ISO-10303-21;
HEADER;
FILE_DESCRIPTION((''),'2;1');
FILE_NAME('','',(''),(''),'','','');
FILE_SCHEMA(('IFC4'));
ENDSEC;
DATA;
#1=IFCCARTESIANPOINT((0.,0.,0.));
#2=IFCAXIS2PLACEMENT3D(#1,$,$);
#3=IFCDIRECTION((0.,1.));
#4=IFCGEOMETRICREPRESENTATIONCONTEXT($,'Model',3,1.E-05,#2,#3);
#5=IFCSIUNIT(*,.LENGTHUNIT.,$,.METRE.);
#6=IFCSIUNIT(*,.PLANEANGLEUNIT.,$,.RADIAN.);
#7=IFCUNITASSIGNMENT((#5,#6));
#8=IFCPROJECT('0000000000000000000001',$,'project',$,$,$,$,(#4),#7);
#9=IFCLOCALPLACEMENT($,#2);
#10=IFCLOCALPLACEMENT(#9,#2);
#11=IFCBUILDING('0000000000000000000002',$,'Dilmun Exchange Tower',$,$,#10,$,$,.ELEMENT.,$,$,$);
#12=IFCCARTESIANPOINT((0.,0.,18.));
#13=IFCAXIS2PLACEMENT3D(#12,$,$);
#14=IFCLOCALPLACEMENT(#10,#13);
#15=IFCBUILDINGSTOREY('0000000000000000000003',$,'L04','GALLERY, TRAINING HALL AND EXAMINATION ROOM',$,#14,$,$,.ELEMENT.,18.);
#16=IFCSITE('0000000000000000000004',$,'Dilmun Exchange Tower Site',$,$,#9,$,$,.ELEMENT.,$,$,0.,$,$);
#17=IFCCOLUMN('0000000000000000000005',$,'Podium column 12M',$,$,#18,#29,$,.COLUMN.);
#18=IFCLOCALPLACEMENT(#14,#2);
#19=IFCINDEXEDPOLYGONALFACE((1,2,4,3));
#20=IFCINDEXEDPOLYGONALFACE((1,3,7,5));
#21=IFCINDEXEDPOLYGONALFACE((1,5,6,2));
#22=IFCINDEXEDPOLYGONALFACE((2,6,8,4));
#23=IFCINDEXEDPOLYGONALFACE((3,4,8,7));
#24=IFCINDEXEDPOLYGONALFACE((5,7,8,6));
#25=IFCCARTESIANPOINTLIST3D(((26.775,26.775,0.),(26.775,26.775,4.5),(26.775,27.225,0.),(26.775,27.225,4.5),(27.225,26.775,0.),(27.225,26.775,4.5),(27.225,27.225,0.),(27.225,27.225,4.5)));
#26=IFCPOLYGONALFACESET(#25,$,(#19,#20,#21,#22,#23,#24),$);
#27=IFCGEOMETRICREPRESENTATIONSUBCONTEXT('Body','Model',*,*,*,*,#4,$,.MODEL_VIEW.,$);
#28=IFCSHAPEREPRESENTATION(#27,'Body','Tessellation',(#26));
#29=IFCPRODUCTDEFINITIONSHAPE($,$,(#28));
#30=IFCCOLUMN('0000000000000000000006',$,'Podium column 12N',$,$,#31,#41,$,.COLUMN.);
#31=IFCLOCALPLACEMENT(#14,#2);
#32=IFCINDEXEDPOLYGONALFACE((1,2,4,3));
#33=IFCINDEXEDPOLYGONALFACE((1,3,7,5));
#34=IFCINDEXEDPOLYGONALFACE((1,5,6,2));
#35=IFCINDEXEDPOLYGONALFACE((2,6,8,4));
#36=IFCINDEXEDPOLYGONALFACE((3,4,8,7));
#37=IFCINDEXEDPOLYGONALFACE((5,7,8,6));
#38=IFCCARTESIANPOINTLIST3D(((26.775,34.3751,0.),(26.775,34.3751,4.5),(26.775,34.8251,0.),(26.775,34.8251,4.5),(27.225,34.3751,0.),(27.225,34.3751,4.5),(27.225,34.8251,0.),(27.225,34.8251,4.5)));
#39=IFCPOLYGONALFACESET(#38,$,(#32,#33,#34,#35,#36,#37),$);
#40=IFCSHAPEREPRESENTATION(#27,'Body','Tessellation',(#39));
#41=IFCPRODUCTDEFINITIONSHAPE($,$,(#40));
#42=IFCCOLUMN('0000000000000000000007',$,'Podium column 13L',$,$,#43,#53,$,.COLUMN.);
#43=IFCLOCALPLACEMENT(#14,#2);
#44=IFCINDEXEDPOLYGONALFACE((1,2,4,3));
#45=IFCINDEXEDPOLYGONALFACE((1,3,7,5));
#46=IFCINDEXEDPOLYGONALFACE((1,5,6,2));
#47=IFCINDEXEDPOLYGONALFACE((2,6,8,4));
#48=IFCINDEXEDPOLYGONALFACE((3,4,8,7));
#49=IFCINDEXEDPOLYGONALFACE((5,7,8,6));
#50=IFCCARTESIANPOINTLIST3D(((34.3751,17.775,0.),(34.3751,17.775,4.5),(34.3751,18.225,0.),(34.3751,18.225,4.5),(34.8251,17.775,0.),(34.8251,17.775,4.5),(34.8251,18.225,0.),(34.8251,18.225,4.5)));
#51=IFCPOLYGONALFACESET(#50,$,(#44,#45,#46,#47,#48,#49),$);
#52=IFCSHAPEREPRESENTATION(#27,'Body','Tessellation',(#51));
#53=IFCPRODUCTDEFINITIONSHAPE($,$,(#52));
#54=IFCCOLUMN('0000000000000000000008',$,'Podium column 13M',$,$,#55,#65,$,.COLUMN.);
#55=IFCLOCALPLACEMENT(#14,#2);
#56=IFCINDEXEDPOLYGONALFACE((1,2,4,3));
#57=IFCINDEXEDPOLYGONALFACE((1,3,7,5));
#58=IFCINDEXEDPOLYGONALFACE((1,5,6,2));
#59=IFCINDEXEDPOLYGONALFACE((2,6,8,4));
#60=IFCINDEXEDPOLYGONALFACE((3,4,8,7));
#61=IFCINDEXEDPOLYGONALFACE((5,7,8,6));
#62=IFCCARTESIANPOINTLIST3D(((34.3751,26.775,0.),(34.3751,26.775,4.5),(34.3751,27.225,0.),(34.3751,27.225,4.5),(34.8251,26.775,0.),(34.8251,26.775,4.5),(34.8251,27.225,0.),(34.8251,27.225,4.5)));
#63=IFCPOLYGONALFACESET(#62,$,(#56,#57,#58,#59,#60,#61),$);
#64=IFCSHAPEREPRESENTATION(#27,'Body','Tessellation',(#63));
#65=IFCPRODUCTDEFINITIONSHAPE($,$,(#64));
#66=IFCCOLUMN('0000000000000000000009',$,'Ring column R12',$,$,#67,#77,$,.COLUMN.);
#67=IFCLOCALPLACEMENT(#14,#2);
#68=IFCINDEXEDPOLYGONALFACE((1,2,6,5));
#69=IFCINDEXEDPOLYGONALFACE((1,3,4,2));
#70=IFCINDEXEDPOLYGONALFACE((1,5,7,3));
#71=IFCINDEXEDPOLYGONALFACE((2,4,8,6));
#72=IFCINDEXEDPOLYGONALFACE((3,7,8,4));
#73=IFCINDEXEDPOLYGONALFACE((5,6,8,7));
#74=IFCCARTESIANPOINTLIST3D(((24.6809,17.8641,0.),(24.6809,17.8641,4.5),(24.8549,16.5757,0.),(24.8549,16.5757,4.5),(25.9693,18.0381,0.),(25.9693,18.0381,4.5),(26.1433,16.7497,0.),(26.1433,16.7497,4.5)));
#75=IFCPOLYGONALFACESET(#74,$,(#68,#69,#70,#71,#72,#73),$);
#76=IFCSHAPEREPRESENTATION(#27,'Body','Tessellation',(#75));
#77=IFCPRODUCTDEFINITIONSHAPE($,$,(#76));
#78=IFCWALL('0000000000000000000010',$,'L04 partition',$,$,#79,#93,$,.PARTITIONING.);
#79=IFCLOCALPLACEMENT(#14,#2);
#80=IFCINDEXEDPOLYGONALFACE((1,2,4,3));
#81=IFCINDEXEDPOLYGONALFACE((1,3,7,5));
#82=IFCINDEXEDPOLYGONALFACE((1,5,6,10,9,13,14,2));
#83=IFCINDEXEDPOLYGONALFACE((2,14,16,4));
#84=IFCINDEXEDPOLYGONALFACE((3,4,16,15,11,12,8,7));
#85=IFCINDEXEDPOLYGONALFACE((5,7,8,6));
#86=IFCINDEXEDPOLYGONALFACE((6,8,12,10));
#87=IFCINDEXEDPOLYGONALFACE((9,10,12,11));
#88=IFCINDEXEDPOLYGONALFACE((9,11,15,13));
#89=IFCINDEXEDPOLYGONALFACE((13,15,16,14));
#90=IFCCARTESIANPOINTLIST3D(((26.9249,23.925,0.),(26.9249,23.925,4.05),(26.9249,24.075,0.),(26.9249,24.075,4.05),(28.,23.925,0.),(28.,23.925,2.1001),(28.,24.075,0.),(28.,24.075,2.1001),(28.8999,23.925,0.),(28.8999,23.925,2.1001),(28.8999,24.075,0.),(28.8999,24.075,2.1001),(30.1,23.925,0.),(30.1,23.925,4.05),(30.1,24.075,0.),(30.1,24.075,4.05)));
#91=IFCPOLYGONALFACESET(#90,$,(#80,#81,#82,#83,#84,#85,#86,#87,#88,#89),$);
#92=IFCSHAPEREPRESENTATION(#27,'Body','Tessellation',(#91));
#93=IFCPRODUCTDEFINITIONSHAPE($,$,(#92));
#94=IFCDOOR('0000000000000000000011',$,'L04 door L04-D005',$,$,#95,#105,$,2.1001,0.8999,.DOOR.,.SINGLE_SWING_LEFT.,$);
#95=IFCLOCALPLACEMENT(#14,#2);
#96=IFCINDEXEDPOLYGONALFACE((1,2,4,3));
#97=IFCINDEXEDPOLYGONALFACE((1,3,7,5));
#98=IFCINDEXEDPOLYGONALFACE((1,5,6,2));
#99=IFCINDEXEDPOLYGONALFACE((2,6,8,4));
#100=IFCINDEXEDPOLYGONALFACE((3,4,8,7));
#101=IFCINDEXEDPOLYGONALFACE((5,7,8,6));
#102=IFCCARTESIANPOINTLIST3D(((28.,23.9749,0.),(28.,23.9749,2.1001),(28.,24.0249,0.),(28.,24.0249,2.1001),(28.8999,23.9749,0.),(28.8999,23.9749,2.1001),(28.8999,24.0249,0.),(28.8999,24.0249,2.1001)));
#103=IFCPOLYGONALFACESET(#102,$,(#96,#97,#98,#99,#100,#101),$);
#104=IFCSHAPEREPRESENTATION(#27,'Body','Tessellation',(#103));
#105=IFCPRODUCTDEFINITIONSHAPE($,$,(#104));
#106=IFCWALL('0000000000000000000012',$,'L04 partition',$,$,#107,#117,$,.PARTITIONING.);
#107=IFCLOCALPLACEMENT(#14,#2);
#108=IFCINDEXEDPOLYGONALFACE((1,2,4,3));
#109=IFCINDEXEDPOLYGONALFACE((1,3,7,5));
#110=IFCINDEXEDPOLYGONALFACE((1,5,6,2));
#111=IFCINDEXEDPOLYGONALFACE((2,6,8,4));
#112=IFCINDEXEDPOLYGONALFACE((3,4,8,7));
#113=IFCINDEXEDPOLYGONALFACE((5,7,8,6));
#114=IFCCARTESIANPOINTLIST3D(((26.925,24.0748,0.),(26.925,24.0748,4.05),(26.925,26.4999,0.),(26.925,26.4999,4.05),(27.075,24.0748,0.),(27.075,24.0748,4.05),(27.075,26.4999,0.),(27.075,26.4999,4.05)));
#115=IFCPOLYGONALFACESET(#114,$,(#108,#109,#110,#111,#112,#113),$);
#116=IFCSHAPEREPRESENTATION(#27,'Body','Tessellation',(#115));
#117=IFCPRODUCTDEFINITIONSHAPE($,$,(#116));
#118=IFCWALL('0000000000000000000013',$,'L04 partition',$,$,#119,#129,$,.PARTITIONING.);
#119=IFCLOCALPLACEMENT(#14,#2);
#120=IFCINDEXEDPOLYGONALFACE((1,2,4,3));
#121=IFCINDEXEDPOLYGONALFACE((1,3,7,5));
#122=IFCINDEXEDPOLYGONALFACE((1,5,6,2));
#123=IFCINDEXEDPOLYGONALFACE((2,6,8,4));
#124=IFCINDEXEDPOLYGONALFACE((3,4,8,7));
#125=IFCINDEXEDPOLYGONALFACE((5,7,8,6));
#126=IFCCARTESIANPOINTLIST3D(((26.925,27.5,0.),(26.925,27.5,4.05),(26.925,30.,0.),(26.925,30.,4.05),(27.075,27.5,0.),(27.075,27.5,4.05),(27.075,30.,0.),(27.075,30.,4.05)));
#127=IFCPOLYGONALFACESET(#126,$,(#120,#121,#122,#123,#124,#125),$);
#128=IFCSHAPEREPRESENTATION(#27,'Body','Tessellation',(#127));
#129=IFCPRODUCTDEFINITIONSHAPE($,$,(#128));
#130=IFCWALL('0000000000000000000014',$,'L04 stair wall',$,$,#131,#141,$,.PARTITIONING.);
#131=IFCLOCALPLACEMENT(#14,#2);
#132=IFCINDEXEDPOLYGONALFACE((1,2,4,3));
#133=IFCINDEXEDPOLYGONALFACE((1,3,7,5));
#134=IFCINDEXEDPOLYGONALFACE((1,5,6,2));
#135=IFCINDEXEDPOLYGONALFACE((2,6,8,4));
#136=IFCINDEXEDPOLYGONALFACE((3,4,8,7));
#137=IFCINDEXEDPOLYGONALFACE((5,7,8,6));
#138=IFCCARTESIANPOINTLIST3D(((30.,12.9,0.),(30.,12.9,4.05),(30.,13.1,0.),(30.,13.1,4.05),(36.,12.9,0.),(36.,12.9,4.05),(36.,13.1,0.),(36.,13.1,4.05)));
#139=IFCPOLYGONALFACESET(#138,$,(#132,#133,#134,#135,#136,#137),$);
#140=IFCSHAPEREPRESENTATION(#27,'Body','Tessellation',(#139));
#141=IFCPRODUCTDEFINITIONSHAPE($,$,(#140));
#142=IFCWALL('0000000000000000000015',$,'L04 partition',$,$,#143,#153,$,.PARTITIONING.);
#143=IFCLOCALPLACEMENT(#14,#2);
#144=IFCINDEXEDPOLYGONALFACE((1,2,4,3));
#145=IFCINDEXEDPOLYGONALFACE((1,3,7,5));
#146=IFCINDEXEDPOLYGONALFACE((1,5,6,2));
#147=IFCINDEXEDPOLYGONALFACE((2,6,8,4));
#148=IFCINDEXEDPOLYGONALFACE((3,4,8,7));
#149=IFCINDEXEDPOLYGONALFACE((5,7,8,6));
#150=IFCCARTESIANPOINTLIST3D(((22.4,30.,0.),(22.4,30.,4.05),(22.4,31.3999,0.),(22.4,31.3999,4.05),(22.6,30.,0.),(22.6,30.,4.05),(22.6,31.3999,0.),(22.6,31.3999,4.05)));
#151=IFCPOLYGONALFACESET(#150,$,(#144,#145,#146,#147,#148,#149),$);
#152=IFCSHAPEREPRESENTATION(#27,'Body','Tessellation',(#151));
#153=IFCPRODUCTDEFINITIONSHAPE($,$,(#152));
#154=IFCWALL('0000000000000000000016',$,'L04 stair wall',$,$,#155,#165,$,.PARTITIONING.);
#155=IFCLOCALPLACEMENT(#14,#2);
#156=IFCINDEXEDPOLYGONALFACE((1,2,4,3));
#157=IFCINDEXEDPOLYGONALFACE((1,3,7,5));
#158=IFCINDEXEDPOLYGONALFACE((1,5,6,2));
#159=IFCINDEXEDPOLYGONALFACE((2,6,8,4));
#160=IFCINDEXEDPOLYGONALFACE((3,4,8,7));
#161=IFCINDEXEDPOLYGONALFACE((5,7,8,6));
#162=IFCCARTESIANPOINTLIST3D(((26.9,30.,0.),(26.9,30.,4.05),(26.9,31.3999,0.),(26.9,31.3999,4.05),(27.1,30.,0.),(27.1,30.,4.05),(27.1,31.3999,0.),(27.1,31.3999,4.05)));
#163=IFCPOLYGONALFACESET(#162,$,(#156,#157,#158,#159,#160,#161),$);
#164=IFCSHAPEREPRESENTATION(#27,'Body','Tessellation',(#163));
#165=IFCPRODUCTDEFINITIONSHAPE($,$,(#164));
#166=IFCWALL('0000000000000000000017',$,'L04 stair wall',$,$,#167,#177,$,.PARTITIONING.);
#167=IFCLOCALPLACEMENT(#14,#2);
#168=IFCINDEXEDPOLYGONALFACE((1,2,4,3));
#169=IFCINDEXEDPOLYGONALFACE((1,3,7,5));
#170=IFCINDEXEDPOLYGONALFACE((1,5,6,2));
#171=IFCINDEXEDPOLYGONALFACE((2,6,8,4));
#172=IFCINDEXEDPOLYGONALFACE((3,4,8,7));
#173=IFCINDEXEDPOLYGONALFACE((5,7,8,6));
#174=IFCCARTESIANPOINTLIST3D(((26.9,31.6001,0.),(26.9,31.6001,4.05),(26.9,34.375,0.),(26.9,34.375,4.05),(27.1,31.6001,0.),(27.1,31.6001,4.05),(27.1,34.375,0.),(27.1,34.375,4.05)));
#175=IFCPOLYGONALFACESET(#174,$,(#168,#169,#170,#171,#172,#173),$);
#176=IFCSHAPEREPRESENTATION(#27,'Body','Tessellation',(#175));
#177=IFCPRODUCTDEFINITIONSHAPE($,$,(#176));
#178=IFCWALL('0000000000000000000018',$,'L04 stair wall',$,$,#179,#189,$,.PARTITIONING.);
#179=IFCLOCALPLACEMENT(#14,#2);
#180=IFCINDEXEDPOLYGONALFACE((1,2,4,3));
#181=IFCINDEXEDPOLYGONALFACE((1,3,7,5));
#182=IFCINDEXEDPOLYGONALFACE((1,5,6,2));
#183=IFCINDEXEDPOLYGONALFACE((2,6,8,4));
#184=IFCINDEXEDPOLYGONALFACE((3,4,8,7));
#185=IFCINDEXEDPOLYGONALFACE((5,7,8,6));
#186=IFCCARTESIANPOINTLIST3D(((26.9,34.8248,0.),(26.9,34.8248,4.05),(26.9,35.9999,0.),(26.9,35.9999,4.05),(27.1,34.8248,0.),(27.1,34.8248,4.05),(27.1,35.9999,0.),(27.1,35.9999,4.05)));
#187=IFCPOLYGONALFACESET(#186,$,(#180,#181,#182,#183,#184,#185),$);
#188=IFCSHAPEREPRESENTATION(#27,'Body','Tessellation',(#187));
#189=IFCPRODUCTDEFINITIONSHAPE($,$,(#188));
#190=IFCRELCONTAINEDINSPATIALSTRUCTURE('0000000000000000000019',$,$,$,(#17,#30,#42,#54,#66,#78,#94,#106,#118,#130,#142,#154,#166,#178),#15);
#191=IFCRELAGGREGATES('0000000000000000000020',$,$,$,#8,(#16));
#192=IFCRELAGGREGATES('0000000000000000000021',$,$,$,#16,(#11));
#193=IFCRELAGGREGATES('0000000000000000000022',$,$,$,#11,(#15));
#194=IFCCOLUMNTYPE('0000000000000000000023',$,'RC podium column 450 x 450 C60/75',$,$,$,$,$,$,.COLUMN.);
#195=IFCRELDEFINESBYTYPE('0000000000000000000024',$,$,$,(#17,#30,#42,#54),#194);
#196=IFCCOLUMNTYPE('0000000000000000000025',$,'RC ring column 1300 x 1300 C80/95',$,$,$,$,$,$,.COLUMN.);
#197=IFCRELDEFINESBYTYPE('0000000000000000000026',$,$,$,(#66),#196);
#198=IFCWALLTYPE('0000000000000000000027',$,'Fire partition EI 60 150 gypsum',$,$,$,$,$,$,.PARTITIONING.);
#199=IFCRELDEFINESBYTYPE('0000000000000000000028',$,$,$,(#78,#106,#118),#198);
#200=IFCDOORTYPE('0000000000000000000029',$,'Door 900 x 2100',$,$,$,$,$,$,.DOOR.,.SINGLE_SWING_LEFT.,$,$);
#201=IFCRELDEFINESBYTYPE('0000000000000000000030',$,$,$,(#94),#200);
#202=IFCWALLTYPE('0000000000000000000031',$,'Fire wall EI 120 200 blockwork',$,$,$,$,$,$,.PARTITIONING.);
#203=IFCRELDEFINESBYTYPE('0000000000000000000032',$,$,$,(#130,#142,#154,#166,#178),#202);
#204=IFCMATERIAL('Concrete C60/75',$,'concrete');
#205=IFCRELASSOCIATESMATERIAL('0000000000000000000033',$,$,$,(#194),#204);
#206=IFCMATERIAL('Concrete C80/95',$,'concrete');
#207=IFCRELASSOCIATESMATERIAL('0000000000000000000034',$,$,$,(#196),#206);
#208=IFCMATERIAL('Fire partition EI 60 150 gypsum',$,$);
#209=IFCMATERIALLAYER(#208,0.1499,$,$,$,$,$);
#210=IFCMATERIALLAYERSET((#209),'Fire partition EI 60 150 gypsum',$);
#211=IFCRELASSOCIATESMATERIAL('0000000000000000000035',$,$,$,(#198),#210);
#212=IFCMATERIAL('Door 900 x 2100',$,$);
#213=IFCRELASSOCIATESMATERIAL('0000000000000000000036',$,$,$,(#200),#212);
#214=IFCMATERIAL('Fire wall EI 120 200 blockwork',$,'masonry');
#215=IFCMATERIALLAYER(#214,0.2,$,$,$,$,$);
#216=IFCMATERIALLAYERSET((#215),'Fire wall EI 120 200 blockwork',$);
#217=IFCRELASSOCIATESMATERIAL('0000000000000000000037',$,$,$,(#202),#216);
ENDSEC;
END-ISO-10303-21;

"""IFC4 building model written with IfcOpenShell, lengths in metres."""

from ifc_helpers import new_model, si_unit, direction, frame, frame_2d, origin, origin_2d, place, context, subcontext, project, spatial, rectangle, extrude, material, layer, layer_set, material_profile, profile_set, type_object, element, fill, save


model = new_model("IFC4")

# Units and contexts
model_context = context("Model", 3, precision=1e-05, world=origin(), true_north=direction((0.0, 1.0)))
body_context = subcontext(model_context, "Body", "Model", "MODEL_VIEW")
ifc_project = project(units=[si_unit("LENGTHUNIT", "METRE"), si_unit("PLANEANGLEUNIT", "RADIAN")], contexts=[model_context])

# Site, building, storey
site_placement = place(None, origin())
site = spatial("IfcSite", under=ifc_project, at=site_placement, Name="Dilmun Exchange Tower Site", CompositionType="ELEMENT", RefElevation=0.0)
building_placement = place(site_placement, origin())
building = spatial("IfcBuilding", under=site, at=building_placement, Name="Dilmun Exchange Tower", CompositionType="ELEMENT")
storey_placement = place(building_placement, frame((0.0, 0.0, 18.0)))
storey = spatial("IfcBuildingStorey", under=building, at=storey_placement, Name="L04", Description="GALLERY, TRAINING HALL AND EXAMINATION ROOM", CompositionType="ELEMENT", Elevation=18.0)

# Columns
ifc_material_1 = material(Name="Concrete C60/75", Category="concrete")
ifc_material_profile_1 = material_profile(ifc_material_1, rectangle(XDim=0.45, YDim=0.45, at=origin_2d()), Name="450 x 450")
ifc_profile_set_1 = profile_set([ifc_material_profile_1], Name="Concrete C60/75")
column_type_1 = type_object("IfcColumnType", Name="RC podium column 450 x 450 C60/75", PredefinedType="COLUMN", material=ifc_profile_set_1)
for number, where, z_axis, x_axis, name in (
    (1, (27.0, 27.0, 0.0), (0.0, 0.0, 1.0), (1.0, 0.0, 0.0), "Podium column 12M"),
    (2, (27.0, 34.6001, 0.0), (0.0, 0.0, 1.0), (1.0, 0.0, 0.0), "Podium column 12N"),
    (3, (34.6001, 18.0, 0.0), (0.0, 0.0, 1.0), (1.0, 0.0, 0.0), "Podium column 13L"),
    (4, (34.6001, 27.0, 0.0), (0.0, 0.0, 1.0), (1.0, 0.0, 0.0), "Podium column 13M"),
):
    element("IfcColumn", number, at=place(storey_placement, frame(where, z_axis=z_axis, x_axis=x_axis)), inside=storey, type_object=column_type_1, Name=name, PredefinedType="COLUMN", context=body_context, shape_type="SweptSolid", body=[
        extrude(rectangle(XDim=0.45, YDim=0.45, at=origin_2d()), origin(), (0.0, 0.0, 1.0), 4.5),
    ])
ifc_material_2 = material(Name="Concrete C80/95", Category="concrete")
ifc_material_profile_2 = material_profile(ifc_material_2, rectangle(XDim=1.3, YDim=1.3, at=origin_2d()), Name="1300 x 1300")
ifc_profile_set_2 = profile_set([ifc_material_profile_2], Name="Concrete C80/95")
column_type_2 = type_object("IfcColumnType", Name="RC ring column 1300 x 1300 C80/95", PredefinedType="COLUMN", material=ifc_profile_set_2)
column_placement = place(storey_placement, frame((25.4121, 17.3069, 0.0), z_axis=(0.0, 0.0, 1.0), x_axis=(0.991001, 0.133853, 0.0)))
element("IfcColumn", 5, at=column_placement, inside=storey, type_object=column_type_2, Name="Ring column R12", PredefinedType="COLUMN", context=body_context, shape_type="SweptSolid", body=[
    extrude(rectangle(XDim=1.3, YDim=1.3, at=origin_2d()), origin(), (0.0, 0.0, 1.0), 4.5),
])

# Wall, opening, door
ifc_material_3 = material(Name="Fire partition EI 60 150 gypsum")
ifc_layer_1 = layer(ifc_material_3, 0.1499)
ifc_layer_set_1 = layer_set([ifc_layer_1], Name="Fire partition EI 60 150 gypsum")
wall_type_1 = type_object("IfcWallType", Name="Fire partition EI 60 150 gypsum", PredefinedType="PARTITIONING", material=ifc_layer_set_1)
wall_1_placement = place(storey_placement, frame((26.925, 24.0, 0.0), z_axis=(0.0, 0.0, 1.0), x_axis=(1.0, 0.0, 0.0)))
wall_1 = element("IfcWall", 6, at=wall_1_placement, inside=storey, type_object=wall_type_1, Name="L04 partition", PredefinedType="PARTITIONING", context=body_context, shape_type="SweptSolid", body=[
    extrude(rectangle(XDim=3.175, YDim=0.1499, at=frame_2d((1.5874, 0.0))), origin(), (0.0, 0.0, 1.0), 4.05),
])
opening_1_placement = place(wall_1_placement, frame((1.075, 0.0, 0.0)))
opening_1 = element("IfcOpeningElement", 7, at=opening_1_placement, cuts=wall_1, PredefinedType="OPENING", context=body_context, shape_type="SweptSolid", body=[
    extrude(rectangle(XDim=0.8999, YDim=2.1001, at=frame_2d((0.45, 1.05))), frame((0.0, 0.085, 0.0), z_axis=(0.0, -1.0, 0.0), x_axis=(1.0, 0.0, 0.0)), (0.0, 0.0, 1.0), 0.1699),
])
ifc_material_4 = material(Name="Door 900 x 2100")
door_type = type_object("IfcDoorType", Name="Door 900 x 2100", OperationType="SINGLE_SWING_LEFT", PredefinedType="DOOR", material=ifc_material_4)
door_placement = place(opening_1_placement, origin())
door = element("IfcDoor", 8, at=door_placement, inside=storey, type_object=door_type, Name="L04 door L04-D005", OperationType="SINGLE_SWING_LEFT", OverallHeight=2.1001, OverallWidth=0.8999, PredefinedType="DOOR", context=body_context, shape_type="SweptSolid", body=[
    extrude(rectangle(XDim=0.8999, YDim=2.1001, at=frame_2d((0.45, 1.05))), frame((0.0, 0.0249, 0.0), z_axis=(0.0, -1.0, 0.0), x_axis=(1.0, 0.0, 0.0)), (0.0, 0.0, 1.0), 0.05),
])
fill(opening_1, door)

# Walls
wall_2_placement = place(storey_placement, frame((27.0, 24.075, 0.0), z_axis=(0.0, 0.0, 1.0), x_axis=(0.0, 1.0, 0.0)))
element("IfcWall", 9, at=wall_2_placement, inside=storey, type_object=wall_type_1, Name="L04 partition", PredefinedType="PARTITIONING", context=body_context, shape_type="SweptSolid", body=[
    extrude(rectangle(XDim=2.425, YDim=0.1499, at=frame_2d((1.2124, 0.0))), origin(), (0.0, 0.0, 1.0), 4.05),
])
wall_3_placement = place(storey_placement, frame((27.0, 27.5, 0.0), z_axis=(0.0, 0.0, 1.0), x_axis=(0.0, 1.0, 0.0)))
element("IfcWall", 10, at=wall_3_placement, inside=storey, type_object=wall_type_1, Name="L04 partition", PredefinedType="PARTITIONING", context=body_context, shape_type="SweptSolid", body=[
    extrude(rectangle(XDim=2.5, YDim=0.1499, at=frame_2d((1.25, 0.0))), origin(), (0.0, 0.0, 1.0), 4.05),
])
ifc_material_5 = material(Name="Fire wall EI 120 200 blockwork", Category="masonry")
ifc_layer_2 = layer(ifc_material_5, 0.2)
ifc_layer_set_2 = layer_set([ifc_layer_2], Name="Fire wall EI 120 200 blockwork")
wall_type_2 = type_object("IfcWallType", Name="Fire wall EI 120 200 blockwork", PredefinedType="PARTITIONING", material=ifc_layer_set_2)
wall_4_placement = place(storey_placement, frame((30.0, 13.0, 0.0), z_axis=(0.0, 0.0, 1.0), x_axis=(1.0, 0.0, 0.0)))
element("IfcWall", 11, at=wall_4_placement, inside=storey, type_object=wall_type_2, Name="L04 stair wall", PredefinedType="PARTITIONING", context=body_context, shape_type="SweptSolid", body=[
    extrude(rectangle(XDim=6.0, YDim=0.2, at=frame_2d((3.0, 0.0))), origin(), (0.0, 0.0, 1.0), 4.05),
])
for number, where, z_axis, x_axis, name in (
    (12, (22.5, 30.0, 0.0), (0.0, 0.0, 1.0), (0.0, 1.0, 0.0), "L04 partition"),
    (13, (27.0, 30.0, 0.0), (0.0, 0.0, 1.0), (0.0, 1.0, 0.0), "L04 stair wall"),
):
    element("IfcWall", number, at=place(storey_placement, frame(where, z_axis=z_axis, x_axis=x_axis)), inside=storey, type_object=wall_type_2, Name=name, PredefinedType="PARTITIONING", context=body_context, shape_type="SweptSolid", body=[
        extrude(rectangle(XDim=1.3999, YDim=0.2, at=frame_2d((0.7, 0.0))), origin(), (0.0, 0.0, 1.0), 4.05),
    ])
wall_5_placement = place(storey_placement, frame((27.0, 31.6001, 0.0), z_axis=(0.0, 0.0, 1.0), x_axis=(0.0, 1.0, 0.0)))
element("IfcWall", 14, at=wall_5_placement, inside=storey, type_object=wall_type_2, Name="L04 stair wall", PredefinedType="PARTITIONING", context=body_context, shape_type="SweptSolid", body=[
    extrude(rectangle(XDim=2.7749, YDim=0.2, at=frame_2d((1.3875, 0.0))), origin(), (0.0, 0.0, 1.0), 4.05),
])
wall_6_placement = place(storey_placement, frame((27.0, 34.825, 0.0), z_axis=(0.0, 0.0, 1.0), x_axis=(0.0, 1.0, 0.0)))
element("IfcWall", 15, at=wall_6_placement, inside=storey, type_object=wall_type_2, Name="L04 stair wall", PredefinedType="PARTITIONING", context=body_context, shape_type="SweptSolid", body=[
    extrude(rectangle(XDim=1.175, YDim=0.2, at=frame_2d((0.5874, 0.0))), origin(), (0.0, 0.0, 1.0), 4.05),
])

save(model, "model.ifc")
